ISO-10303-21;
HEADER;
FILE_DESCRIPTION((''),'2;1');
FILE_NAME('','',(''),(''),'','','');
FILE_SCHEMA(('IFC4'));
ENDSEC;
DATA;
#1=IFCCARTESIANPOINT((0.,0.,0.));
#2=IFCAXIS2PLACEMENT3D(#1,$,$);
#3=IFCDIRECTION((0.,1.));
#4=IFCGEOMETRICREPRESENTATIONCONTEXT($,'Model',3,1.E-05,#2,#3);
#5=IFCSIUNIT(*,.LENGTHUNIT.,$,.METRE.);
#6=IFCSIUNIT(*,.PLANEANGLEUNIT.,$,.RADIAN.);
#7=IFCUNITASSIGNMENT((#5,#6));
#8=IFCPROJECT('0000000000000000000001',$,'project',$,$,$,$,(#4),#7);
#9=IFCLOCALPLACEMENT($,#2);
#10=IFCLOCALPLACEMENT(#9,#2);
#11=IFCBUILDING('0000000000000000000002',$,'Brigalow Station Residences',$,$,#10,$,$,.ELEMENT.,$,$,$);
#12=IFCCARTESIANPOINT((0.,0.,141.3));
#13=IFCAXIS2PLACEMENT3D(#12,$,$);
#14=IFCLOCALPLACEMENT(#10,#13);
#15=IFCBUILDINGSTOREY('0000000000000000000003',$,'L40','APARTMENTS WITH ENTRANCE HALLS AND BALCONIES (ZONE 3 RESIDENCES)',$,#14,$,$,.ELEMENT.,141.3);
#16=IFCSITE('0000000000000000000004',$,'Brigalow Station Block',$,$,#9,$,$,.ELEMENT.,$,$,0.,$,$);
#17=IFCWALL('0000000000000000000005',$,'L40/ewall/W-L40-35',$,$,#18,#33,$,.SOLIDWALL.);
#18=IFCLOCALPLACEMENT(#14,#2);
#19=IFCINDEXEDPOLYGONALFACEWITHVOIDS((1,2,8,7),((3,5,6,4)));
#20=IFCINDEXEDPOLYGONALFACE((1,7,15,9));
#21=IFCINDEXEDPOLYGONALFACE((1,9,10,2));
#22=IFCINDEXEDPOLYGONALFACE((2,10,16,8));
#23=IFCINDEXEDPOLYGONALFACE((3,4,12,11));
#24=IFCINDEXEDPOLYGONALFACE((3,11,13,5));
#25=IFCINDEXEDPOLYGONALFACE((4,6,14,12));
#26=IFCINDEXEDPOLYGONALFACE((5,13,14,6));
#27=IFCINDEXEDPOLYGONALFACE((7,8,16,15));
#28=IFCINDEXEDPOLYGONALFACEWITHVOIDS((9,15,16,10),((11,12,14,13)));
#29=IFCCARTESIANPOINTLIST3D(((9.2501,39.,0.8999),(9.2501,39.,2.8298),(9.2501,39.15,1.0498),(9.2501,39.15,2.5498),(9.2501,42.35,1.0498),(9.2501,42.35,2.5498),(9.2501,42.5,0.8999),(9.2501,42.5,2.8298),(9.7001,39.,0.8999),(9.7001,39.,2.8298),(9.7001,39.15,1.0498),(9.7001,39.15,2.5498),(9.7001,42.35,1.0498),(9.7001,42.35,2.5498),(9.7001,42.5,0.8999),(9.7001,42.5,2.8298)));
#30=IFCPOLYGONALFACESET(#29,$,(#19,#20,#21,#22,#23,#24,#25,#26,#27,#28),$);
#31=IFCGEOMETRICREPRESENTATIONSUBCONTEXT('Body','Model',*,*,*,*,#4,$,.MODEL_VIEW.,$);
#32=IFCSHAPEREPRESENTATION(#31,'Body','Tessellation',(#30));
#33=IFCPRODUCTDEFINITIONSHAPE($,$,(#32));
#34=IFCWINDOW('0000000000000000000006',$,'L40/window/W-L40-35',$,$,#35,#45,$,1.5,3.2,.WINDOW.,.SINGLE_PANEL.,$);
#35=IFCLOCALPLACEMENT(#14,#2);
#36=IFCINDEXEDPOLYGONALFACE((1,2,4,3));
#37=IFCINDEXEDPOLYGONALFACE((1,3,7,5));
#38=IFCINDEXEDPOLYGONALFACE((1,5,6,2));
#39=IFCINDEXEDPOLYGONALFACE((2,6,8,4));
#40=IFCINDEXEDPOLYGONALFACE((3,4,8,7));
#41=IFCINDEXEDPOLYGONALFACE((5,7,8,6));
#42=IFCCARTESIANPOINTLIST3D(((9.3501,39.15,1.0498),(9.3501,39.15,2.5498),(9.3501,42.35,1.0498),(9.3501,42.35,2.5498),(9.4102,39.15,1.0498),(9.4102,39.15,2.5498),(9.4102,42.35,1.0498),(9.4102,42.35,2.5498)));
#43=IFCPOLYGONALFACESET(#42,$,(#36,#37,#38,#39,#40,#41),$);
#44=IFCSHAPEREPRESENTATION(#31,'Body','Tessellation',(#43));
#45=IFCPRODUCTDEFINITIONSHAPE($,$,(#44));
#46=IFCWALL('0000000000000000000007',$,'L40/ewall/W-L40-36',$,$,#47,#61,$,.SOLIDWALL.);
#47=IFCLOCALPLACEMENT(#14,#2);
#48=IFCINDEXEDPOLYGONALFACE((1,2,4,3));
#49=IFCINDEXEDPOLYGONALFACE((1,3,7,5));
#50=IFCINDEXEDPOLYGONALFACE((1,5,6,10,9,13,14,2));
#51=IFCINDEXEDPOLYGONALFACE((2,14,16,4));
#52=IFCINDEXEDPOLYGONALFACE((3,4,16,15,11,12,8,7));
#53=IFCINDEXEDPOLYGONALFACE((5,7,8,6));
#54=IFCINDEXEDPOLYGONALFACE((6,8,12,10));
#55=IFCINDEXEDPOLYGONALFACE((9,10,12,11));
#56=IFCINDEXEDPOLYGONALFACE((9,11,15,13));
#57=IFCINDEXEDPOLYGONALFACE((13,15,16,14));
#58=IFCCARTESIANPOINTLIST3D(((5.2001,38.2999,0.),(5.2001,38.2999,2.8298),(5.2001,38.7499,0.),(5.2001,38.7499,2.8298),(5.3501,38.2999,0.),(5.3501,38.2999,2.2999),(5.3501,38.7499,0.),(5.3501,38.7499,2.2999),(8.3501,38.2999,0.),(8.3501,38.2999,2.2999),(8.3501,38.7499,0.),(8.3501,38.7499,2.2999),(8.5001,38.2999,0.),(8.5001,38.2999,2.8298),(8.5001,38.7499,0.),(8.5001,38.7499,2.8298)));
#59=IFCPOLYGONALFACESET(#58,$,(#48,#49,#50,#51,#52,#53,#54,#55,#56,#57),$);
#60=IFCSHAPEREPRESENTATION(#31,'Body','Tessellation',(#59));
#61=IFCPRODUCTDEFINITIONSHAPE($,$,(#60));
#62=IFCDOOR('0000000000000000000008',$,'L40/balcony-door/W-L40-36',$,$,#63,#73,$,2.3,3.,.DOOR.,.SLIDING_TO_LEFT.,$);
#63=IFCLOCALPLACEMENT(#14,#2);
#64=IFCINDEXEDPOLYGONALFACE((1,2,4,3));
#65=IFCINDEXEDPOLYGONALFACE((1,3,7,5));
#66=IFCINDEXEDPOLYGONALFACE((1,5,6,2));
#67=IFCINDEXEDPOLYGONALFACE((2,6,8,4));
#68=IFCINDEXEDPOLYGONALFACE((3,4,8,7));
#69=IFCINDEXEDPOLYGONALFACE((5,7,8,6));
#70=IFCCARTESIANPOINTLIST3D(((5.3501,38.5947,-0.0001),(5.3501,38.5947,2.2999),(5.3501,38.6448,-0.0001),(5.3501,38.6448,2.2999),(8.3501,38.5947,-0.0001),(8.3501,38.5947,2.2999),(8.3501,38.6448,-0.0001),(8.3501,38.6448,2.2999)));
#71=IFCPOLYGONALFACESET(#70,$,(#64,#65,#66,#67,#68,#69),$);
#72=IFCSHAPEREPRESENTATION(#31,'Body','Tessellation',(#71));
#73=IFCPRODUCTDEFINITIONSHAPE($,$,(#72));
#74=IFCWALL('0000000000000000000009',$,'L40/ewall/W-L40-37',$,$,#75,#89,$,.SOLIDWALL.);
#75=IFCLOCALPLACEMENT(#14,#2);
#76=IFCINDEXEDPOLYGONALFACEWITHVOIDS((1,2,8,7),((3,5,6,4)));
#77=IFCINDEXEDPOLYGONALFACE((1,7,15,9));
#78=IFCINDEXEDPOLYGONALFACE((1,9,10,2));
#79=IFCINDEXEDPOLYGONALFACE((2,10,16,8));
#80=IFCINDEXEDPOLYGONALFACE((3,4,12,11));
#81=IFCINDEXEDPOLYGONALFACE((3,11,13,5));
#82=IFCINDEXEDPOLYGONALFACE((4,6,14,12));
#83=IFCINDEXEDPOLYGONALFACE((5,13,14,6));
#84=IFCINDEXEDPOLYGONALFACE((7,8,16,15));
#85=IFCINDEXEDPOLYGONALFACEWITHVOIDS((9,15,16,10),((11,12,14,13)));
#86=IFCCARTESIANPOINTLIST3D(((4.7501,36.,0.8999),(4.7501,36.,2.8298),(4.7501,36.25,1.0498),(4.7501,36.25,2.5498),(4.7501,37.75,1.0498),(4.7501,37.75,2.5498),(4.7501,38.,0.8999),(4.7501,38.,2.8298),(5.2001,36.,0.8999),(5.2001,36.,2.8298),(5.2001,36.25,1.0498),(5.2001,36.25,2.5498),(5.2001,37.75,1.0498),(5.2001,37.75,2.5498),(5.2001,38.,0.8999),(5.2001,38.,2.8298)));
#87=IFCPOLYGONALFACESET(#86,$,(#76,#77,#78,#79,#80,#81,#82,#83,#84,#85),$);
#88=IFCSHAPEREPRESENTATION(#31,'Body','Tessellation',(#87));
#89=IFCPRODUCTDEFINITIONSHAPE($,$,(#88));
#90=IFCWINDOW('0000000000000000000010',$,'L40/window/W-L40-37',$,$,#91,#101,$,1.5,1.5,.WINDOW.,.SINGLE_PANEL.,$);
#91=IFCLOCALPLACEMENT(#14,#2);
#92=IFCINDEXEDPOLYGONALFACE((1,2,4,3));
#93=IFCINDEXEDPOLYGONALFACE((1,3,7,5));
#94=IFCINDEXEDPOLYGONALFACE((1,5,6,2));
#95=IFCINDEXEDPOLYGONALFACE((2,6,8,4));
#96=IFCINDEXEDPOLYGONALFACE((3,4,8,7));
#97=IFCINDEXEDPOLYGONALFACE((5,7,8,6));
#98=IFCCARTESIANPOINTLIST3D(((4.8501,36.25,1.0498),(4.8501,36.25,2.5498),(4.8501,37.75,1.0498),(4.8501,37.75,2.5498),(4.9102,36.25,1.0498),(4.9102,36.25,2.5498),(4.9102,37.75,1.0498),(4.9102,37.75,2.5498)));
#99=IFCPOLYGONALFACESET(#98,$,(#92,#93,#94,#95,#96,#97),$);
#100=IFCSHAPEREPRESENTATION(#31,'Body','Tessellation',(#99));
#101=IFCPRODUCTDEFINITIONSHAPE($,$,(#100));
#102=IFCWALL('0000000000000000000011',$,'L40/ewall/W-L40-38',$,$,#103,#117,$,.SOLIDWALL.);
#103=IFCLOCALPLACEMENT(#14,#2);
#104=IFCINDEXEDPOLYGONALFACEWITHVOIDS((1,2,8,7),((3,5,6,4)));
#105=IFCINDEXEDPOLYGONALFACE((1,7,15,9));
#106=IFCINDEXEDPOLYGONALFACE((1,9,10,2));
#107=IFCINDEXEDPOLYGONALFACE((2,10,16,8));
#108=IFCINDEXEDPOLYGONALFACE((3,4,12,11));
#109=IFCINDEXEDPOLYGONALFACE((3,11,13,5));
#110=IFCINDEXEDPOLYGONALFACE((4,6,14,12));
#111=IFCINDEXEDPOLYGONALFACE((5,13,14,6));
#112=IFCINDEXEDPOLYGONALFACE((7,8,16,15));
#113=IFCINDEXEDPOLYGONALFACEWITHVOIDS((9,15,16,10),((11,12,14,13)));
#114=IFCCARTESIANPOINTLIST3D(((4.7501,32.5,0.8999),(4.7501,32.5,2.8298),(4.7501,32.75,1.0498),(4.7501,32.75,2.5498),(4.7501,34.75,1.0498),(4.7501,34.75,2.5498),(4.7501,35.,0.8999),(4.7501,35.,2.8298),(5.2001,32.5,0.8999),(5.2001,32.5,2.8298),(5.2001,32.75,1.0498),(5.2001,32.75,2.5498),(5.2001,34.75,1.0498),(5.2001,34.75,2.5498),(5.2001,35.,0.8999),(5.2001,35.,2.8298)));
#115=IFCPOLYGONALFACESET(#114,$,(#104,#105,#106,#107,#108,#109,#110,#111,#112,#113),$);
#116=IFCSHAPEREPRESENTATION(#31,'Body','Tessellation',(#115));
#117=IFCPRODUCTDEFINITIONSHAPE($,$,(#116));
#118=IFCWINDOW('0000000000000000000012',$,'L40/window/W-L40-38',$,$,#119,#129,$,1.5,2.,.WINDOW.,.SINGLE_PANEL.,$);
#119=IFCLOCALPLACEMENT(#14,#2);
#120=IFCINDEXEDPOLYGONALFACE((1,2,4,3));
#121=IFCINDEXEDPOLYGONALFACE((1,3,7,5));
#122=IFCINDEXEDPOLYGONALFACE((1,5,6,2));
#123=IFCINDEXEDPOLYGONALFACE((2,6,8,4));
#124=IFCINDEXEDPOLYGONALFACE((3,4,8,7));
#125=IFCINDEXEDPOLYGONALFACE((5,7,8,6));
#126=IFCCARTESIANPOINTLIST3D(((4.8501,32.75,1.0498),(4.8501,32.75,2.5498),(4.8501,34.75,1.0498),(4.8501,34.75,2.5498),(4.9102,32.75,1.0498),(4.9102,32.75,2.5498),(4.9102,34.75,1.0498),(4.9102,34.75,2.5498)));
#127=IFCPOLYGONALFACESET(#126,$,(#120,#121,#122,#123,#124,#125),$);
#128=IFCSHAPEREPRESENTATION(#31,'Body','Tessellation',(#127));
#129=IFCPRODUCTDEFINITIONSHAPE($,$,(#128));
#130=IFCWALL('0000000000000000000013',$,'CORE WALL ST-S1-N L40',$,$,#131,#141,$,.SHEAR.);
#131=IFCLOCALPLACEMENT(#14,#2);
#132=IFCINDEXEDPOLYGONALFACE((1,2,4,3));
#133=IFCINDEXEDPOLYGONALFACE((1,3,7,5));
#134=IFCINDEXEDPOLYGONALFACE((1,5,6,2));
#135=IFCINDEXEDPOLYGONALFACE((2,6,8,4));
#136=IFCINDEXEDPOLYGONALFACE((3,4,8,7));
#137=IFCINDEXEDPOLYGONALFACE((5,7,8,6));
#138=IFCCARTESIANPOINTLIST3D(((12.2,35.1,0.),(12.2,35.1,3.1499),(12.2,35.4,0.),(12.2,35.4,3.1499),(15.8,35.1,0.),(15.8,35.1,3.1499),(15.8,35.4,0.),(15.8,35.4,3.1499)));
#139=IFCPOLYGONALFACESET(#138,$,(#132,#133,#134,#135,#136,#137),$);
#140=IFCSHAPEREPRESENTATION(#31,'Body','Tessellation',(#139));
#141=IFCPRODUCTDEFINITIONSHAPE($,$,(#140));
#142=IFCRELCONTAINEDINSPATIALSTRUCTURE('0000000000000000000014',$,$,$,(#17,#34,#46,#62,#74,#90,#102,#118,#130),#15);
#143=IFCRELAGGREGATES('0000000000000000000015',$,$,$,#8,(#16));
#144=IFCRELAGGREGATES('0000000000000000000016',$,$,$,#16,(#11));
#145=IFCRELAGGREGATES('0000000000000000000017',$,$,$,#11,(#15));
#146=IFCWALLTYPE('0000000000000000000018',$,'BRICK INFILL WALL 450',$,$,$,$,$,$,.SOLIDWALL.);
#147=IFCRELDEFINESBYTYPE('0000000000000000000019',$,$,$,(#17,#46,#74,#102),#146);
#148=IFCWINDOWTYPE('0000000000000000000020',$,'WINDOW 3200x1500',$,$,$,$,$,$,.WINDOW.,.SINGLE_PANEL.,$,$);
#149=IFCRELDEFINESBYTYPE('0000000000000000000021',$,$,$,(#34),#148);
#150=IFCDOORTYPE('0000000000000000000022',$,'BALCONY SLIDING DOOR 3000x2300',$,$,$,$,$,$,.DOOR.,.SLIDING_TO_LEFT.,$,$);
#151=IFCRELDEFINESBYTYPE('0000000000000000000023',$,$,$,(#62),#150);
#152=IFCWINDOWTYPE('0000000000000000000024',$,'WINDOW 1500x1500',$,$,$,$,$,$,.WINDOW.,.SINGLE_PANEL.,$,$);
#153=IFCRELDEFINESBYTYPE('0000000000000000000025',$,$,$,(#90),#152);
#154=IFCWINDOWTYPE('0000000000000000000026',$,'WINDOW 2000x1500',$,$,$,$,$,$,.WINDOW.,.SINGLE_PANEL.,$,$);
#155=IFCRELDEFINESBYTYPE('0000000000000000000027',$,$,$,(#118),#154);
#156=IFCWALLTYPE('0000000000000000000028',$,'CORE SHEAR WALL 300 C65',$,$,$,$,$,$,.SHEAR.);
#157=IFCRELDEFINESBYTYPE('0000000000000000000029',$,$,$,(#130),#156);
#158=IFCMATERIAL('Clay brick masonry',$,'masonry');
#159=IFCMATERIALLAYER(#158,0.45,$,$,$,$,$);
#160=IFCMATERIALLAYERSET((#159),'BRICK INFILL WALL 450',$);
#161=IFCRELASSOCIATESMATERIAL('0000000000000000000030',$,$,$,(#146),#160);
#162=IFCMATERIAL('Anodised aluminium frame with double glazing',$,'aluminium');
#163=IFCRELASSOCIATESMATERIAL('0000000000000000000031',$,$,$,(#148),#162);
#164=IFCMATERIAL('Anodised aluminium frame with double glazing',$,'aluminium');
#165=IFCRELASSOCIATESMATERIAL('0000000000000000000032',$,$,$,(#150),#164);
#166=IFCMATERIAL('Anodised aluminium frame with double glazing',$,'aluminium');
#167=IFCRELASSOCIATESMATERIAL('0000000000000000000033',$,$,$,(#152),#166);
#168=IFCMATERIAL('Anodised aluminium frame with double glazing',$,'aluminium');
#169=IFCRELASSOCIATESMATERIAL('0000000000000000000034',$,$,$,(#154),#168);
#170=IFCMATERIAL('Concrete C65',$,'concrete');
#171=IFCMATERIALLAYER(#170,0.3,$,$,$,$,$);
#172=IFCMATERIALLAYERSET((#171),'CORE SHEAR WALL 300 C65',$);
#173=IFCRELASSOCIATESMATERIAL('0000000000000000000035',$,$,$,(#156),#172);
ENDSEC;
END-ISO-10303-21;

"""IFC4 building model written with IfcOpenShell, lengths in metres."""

from ifc_helpers import new_model, si_unit, direction, frame, frame_2d, origin, place, context, subcontext, project, spatial, rectangle, extrude, material, layer, layer_set, type_object, element, fill, save


model = new_model("IFC4")

# Units and contexts
model_context = context("Model", 3, precision=1e-05, world=origin(), true_north=direction((0.0, 1.0)))
body_context = subcontext(model_context, "Body", "Model", "MODEL_VIEW")
ifc_project = project(units=[si_unit("LENGTHUNIT", "METRE"), si_unit("PLANEANGLEUNIT", "RADIAN")], contexts=[model_context])

# Site, building, storey
site_placement = place(None, origin())
site = spatial("IfcSite", under=ifc_project, at=site_placement, Name="Brigalow Station Block", CompositionType="ELEMENT", RefElevation=0.0)
building_placement = place(site_placement, origin())
building = spatial("IfcBuilding", under=site, at=building_placement, Name="Brigalow Station Residences", CompositionType="ELEMENT")
storey_placement = place(building_placement, frame((0.0, 0.0, 141.3)))
storey = spatial("IfcBuildingStorey", under=building, at=storey_placement, Name="L40", Description="APARTMENTS WITH ENTRANCE HALLS AND BALCONIES (ZONE 3 RESIDENCES)", CompositionType="ELEMENT", Elevation=141.3)

# Wall, opening, window
ifc_material_1 = material(Name="Clay brick masonry", Category="masonry")
ifc_layer_1 = layer(ifc_material_1, 0.45)
ifc_layer_set_1 = layer_set([ifc_layer_1], Name="BRICK INFILL WALL 450")
wall_type_1 = type_object("IfcWallType", Name="BRICK INFILL WALL 450", PredefinedType="SOLIDWALL", material=ifc_layer_set_1)
wall_1_placement = place(storey_placement, frame((9.4751, 42.5, 0.8999), z_axis=(0.0, 0.0, 1.0), x_axis=(0.0, -1.0, 0.0)))
wall_1 = element("IfcWall", 1, at=wall_1_placement, inside=storey, type_object=wall_type_1, Name="L40/ewall/W-L40-35", PredefinedType="SOLIDWALL", context=body_context, shape_type="SweptSolid", body=[
    extrude(rectangle(XDim=3.5, YDim=0.45, at=frame_2d((1.75, 0.0))), origin(), (0.0, 0.0, 1.0), 1.9299),
])
opening_1_placement = place(wall_1_placement, frame((0.1499, 0.0, 0.1499)))
opening_1 = element("IfcOpeningElement", 2, at=opening_1_placement, cuts=wall_1, PredefinedType="OPENING", context=body_context, shape_type="SweptSolid", body=[
    extrude(rectangle(XDim=3.2, YDim=1.5, at=frame_2d((1.6001, 0.75))), frame((0.0, 0.2349, 0.0), z_axis=(0.0, -1.0, 0.0), x_axis=(1.0, 0.0, 0.0)), (0.0, 0.0, 1.0), 0.47),
])
ifc_material_2 = material(Name="Anodised aluminium frame with double glazing", Category="aluminium")
window_type_1 = type_object("IfcWindowType", Name="WINDOW 3200x1500", PartitioningType="SINGLE_PANEL", PredefinedType="WINDOW", material=ifc_material_2)
window_1_placement = place(opening_1_placement, origin())
window_1 = element("IfcWindow", 3, at=window_1_placement, inside=storey, type_object=window_type_1, Name="L40/window/W-L40-35", OverallHeight=1.5, OverallWidth=3.2, PartitioningType="SINGLE_PANEL", PredefinedType="WINDOW", context=body_context, shape_type="SweptSolid", body=[
    extrude(rectangle(XDim=3.2, YDim=1.5, at=frame_2d((1.6001, 0.75))), frame((0.0, -0.0649, 0.0), z_axis=(0.0, -1.0, 0.0), x_axis=(1.0, 0.0, 0.0)), (0.0, 0.0, 1.0), 0.0601),
])
fill(opening_1, window_1)

# Wall, opening, door
wall_2_placement = place(storey_placement, frame((8.5, 38.5249, 0.0), z_axis=(0.0, 0.0, 1.0), x_axis=(-1.0, 0.0, 0.0)))
wall_2 = element("IfcWall", 4, at=wall_2_placement, inside=storey, type_object=wall_type_1, Name="L40/ewall/W-L40-36", PredefinedType="SOLIDWALL", context=body_context, shape_type="SweptSolid", body=[
    extrude(rectangle(XDim=3.3, YDim=0.45, at=frame_2d((1.6499, 0.0))), origin(), (0.0, 0.0, 1.0), 2.8298),
])
opening_2_placement = place(wall_2_placement, frame((0.1499, 0.0, 0.0)))
opening_2 = element("IfcOpeningElement", 5, at=opening_2_placement, cuts=wall_2, PredefinedType="OPENING", context=body_context, shape_type="SweptSolid", body=[
    extrude(rectangle(XDim=3.0, YDim=2.3, at=frame_2d((1.5, 1.1499))), frame((0.0, 0.2349, 0.0), z_axis=(0.0, -1.0, 0.0), x_axis=(1.0, 0.0, 0.0)), (0.0, 0.0, 1.0), 0.47),
])
ifc_material_3 = material(Name="Anodised aluminium frame with double glazing", Category="aluminium")
door_type_1 = type_object("IfcDoorType", Name="BALCONY SLIDING DOOR 3000x2300", OperationType="SLIDING_TO_LEFT", PredefinedType="DOOR", material=ifc_material_3)
door_1_placement = place(opening_2_placement, origin())
door_1 = element("IfcDoor", 6, at=door_1_placement, inside=storey, type_object=door_type_1, Name="L40/balcony-door/W-L40-36", OperationType="SLIDING_TO_LEFT", OverallHeight=2.3, OverallWidth=3.0, PredefinedType="DOOR", context=body_context, shape_type="SweptSolid", body=[
    extrude(rectangle(XDim=3.0, YDim=2.3, at=frame_2d((1.5, 1.1499))), frame((0.0, -0.0698, 0.0), z_axis=(0.0, -1.0, 0.0), x_axis=(1.0, 0.0, 0.0)), (0.0, 0.0, 1.0), 0.05),
])
fill(opening_2, door_1)

# Walls, openings, windows
wall_3_placement = place(storey_placement, frame((4.9751, 38.0, 0.8999), z_axis=(0.0, 0.0, 1.0), x_axis=(0.0, -1.0, 0.0)))
wall_3 = element("IfcWall", 7, at=wall_3_placement, inside=storey, type_object=wall_type_1, Name="L40/ewall/W-L40-37", PredefinedType="SOLIDWALL", context=body_context, shape_type="SweptSolid", body=[
    extrude(rectangle(XDim=2.0, YDim=0.45, at=frame_2d((1.0, 0.0))), origin(), (0.0, 0.0, 1.0), 1.9299),
])
opening_3_placement = place(wall_3_placement, frame((0.25, 0.0, 0.1499)))
opening_3 = element("IfcOpeningElement", 8, at=opening_3_placement, cuts=wall_3, PredefinedType="OPENING", context=body_context, shape_type="SweptSolid", body=[
    extrude(rectangle(XDim=1.5, YDim=1.5, at=frame_2d((0.75, 0.75))), frame((0.0, 0.2349, 0.0), z_axis=(0.0, -1.0, 0.0), x_axis=(1.0, 0.0, 0.0)), (0.0, 0.0, 1.0), 0.47),
])
ifc_material_4 = material(Name="Anodised aluminium frame with double glazing", Category="aluminium")
window_type_2 = type_object("IfcWindowType", Name="WINDOW 1500x1500", PartitioningType="SINGLE_PANEL", PredefinedType="WINDOW", material=ifc_material_4)
window_2_placement = place(opening_3_placement, origin())
window_2 = element("IfcWindow", 9, at=window_2_placement, inside=storey, type_object=window_type_2, Name="L40/window/W-L40-37", OverallHeight=1.5, OverallWidth=1.5, PartitioningType="SINGLE_PANEL", PredefinedType="WINDOW", context=body_context, shape_type="SweptSolid", body=[
    extrude(rectangle(XDim=1.5, YDim=1.5, at=frame_2d((0.75, 0.75))), frame((0.0, -0.0649, 0.0), z_axis=(0.0, -1.0, 0.0), x_axis=(1.0, 0.0, 0.0)), (0.0, 0.0, 1.0), 0.0601),
])
fill(opening_3, window_2)
wall_4_placement = place(storey_placement, frame((4.9751, 35.0, 0.8999), z_axis=(0.0, 0.0, 1.0), x_axis=(0.0, -1.0, 0.0)))
wall_4 = element("IfcWall", 10, at=wall_4_placement, inside=storey, type_object=wall_type_1, Name="L40/ewall/W-L40-38", PredefinedType="SOLIDWALL", context=body_context, shape_type="SweptSolid", body=[
    extrude(rectangle(XDim=2.5, YDim=0.45, at=frame_2d((1.25, 0.0))), origin(), (0.0, 0.0, 1.0), 1.9299),
])
opening_4_placement = place(wall_4_placement, frame((0.25, 0.0, 0.1499)))
opening_4 = element("IfcOpeningElement", 11, at=opening_4_placement, cuts=wall_4, PredefinedType="OPENING", context=body_context, shape_type="SweptSolid", body=[
    extrude(rectangle(XDim=2.0, YDim=1.5, at=frame_2d((1.0, 0.75))), frame((0.0, 0.2349, 0.0), z_axis=(0.0, -1.0, 0.0), x_axis=(1.0, 0.0, 0.0)), (0.0, 0.0, 1.0), 0.47),
])
ifc_material_5 = material(Name="Anodised aluminium frame with double glazing", Category="aluminium")
window_type_3 = type_object("IfcWindowType", Name="WINDOW 2000x1500", PartitioningType="SINGLE_PANEL", PredefinedType="WINDOW", material=ifc_material_5)
window_3_placement = place(opening_4_placement, origin())
window_3 = element("IfcWindow", 12, at=window_3_placement, inside=storey, type_object=window_type_3, Name="L40/window/W-L40-38", OverallHeight=1.5, OverallWidth=2.0, PartitioningType="SINGLE_PANEL", PredefinedType="WINDOW", context=body_context, shape_type="SweptSolid", body=[
    extrude(rectangle(XDim=2.0, YDim=1.5, at=frame_2d((1.0, 0.75))), frame((0.0, -0.0649, 0.0), z_axis=(0.0, -1.0, 0.0), x_axis=(1.0, 0.0, 0.0)), (0.0, 0.0, 1.0), 0.0601),
])
fill(opening_4, window_3)

# Wall
ifc_material_6 = material(Name="Concrete C65", Category="concrete")
ifc_layer_2 = layer(ifc_material_6, 0.3)
ifc_layer_set_2 = layer_set([ifc_layer_2], Name="CORE SHEAR WALL 300 C65")
wall_type_2 = type_object("IfcWallType", Name="CORE SHEAR WALL 300 C65", PredefinedType="SHEAR", material=ifc_layer_set_2)
wall_5_placement = place(storey_placement, frame((12.2, 35.25, 0.0), z_axis=(0.0, 0.0, 1.0), x_axis=(1.0, 0.0, 0.0)))
element("IfcWall", 13, at=wall_5_placement, inside=storey, type_object=wall_type_2, Name="CORE WALL ST-S1-N L40", PredefinedType="SHEAR", context=body_context, shape_type="SweptSolid", body=[
    extrude(rectangle(XDim=3.6001, YDim=0.3, at=frame_2d((1.8, 0.0))), origin(), (0.0, 0.0, 1.0), 3.1499),
])

save(model, "model.ifc")
